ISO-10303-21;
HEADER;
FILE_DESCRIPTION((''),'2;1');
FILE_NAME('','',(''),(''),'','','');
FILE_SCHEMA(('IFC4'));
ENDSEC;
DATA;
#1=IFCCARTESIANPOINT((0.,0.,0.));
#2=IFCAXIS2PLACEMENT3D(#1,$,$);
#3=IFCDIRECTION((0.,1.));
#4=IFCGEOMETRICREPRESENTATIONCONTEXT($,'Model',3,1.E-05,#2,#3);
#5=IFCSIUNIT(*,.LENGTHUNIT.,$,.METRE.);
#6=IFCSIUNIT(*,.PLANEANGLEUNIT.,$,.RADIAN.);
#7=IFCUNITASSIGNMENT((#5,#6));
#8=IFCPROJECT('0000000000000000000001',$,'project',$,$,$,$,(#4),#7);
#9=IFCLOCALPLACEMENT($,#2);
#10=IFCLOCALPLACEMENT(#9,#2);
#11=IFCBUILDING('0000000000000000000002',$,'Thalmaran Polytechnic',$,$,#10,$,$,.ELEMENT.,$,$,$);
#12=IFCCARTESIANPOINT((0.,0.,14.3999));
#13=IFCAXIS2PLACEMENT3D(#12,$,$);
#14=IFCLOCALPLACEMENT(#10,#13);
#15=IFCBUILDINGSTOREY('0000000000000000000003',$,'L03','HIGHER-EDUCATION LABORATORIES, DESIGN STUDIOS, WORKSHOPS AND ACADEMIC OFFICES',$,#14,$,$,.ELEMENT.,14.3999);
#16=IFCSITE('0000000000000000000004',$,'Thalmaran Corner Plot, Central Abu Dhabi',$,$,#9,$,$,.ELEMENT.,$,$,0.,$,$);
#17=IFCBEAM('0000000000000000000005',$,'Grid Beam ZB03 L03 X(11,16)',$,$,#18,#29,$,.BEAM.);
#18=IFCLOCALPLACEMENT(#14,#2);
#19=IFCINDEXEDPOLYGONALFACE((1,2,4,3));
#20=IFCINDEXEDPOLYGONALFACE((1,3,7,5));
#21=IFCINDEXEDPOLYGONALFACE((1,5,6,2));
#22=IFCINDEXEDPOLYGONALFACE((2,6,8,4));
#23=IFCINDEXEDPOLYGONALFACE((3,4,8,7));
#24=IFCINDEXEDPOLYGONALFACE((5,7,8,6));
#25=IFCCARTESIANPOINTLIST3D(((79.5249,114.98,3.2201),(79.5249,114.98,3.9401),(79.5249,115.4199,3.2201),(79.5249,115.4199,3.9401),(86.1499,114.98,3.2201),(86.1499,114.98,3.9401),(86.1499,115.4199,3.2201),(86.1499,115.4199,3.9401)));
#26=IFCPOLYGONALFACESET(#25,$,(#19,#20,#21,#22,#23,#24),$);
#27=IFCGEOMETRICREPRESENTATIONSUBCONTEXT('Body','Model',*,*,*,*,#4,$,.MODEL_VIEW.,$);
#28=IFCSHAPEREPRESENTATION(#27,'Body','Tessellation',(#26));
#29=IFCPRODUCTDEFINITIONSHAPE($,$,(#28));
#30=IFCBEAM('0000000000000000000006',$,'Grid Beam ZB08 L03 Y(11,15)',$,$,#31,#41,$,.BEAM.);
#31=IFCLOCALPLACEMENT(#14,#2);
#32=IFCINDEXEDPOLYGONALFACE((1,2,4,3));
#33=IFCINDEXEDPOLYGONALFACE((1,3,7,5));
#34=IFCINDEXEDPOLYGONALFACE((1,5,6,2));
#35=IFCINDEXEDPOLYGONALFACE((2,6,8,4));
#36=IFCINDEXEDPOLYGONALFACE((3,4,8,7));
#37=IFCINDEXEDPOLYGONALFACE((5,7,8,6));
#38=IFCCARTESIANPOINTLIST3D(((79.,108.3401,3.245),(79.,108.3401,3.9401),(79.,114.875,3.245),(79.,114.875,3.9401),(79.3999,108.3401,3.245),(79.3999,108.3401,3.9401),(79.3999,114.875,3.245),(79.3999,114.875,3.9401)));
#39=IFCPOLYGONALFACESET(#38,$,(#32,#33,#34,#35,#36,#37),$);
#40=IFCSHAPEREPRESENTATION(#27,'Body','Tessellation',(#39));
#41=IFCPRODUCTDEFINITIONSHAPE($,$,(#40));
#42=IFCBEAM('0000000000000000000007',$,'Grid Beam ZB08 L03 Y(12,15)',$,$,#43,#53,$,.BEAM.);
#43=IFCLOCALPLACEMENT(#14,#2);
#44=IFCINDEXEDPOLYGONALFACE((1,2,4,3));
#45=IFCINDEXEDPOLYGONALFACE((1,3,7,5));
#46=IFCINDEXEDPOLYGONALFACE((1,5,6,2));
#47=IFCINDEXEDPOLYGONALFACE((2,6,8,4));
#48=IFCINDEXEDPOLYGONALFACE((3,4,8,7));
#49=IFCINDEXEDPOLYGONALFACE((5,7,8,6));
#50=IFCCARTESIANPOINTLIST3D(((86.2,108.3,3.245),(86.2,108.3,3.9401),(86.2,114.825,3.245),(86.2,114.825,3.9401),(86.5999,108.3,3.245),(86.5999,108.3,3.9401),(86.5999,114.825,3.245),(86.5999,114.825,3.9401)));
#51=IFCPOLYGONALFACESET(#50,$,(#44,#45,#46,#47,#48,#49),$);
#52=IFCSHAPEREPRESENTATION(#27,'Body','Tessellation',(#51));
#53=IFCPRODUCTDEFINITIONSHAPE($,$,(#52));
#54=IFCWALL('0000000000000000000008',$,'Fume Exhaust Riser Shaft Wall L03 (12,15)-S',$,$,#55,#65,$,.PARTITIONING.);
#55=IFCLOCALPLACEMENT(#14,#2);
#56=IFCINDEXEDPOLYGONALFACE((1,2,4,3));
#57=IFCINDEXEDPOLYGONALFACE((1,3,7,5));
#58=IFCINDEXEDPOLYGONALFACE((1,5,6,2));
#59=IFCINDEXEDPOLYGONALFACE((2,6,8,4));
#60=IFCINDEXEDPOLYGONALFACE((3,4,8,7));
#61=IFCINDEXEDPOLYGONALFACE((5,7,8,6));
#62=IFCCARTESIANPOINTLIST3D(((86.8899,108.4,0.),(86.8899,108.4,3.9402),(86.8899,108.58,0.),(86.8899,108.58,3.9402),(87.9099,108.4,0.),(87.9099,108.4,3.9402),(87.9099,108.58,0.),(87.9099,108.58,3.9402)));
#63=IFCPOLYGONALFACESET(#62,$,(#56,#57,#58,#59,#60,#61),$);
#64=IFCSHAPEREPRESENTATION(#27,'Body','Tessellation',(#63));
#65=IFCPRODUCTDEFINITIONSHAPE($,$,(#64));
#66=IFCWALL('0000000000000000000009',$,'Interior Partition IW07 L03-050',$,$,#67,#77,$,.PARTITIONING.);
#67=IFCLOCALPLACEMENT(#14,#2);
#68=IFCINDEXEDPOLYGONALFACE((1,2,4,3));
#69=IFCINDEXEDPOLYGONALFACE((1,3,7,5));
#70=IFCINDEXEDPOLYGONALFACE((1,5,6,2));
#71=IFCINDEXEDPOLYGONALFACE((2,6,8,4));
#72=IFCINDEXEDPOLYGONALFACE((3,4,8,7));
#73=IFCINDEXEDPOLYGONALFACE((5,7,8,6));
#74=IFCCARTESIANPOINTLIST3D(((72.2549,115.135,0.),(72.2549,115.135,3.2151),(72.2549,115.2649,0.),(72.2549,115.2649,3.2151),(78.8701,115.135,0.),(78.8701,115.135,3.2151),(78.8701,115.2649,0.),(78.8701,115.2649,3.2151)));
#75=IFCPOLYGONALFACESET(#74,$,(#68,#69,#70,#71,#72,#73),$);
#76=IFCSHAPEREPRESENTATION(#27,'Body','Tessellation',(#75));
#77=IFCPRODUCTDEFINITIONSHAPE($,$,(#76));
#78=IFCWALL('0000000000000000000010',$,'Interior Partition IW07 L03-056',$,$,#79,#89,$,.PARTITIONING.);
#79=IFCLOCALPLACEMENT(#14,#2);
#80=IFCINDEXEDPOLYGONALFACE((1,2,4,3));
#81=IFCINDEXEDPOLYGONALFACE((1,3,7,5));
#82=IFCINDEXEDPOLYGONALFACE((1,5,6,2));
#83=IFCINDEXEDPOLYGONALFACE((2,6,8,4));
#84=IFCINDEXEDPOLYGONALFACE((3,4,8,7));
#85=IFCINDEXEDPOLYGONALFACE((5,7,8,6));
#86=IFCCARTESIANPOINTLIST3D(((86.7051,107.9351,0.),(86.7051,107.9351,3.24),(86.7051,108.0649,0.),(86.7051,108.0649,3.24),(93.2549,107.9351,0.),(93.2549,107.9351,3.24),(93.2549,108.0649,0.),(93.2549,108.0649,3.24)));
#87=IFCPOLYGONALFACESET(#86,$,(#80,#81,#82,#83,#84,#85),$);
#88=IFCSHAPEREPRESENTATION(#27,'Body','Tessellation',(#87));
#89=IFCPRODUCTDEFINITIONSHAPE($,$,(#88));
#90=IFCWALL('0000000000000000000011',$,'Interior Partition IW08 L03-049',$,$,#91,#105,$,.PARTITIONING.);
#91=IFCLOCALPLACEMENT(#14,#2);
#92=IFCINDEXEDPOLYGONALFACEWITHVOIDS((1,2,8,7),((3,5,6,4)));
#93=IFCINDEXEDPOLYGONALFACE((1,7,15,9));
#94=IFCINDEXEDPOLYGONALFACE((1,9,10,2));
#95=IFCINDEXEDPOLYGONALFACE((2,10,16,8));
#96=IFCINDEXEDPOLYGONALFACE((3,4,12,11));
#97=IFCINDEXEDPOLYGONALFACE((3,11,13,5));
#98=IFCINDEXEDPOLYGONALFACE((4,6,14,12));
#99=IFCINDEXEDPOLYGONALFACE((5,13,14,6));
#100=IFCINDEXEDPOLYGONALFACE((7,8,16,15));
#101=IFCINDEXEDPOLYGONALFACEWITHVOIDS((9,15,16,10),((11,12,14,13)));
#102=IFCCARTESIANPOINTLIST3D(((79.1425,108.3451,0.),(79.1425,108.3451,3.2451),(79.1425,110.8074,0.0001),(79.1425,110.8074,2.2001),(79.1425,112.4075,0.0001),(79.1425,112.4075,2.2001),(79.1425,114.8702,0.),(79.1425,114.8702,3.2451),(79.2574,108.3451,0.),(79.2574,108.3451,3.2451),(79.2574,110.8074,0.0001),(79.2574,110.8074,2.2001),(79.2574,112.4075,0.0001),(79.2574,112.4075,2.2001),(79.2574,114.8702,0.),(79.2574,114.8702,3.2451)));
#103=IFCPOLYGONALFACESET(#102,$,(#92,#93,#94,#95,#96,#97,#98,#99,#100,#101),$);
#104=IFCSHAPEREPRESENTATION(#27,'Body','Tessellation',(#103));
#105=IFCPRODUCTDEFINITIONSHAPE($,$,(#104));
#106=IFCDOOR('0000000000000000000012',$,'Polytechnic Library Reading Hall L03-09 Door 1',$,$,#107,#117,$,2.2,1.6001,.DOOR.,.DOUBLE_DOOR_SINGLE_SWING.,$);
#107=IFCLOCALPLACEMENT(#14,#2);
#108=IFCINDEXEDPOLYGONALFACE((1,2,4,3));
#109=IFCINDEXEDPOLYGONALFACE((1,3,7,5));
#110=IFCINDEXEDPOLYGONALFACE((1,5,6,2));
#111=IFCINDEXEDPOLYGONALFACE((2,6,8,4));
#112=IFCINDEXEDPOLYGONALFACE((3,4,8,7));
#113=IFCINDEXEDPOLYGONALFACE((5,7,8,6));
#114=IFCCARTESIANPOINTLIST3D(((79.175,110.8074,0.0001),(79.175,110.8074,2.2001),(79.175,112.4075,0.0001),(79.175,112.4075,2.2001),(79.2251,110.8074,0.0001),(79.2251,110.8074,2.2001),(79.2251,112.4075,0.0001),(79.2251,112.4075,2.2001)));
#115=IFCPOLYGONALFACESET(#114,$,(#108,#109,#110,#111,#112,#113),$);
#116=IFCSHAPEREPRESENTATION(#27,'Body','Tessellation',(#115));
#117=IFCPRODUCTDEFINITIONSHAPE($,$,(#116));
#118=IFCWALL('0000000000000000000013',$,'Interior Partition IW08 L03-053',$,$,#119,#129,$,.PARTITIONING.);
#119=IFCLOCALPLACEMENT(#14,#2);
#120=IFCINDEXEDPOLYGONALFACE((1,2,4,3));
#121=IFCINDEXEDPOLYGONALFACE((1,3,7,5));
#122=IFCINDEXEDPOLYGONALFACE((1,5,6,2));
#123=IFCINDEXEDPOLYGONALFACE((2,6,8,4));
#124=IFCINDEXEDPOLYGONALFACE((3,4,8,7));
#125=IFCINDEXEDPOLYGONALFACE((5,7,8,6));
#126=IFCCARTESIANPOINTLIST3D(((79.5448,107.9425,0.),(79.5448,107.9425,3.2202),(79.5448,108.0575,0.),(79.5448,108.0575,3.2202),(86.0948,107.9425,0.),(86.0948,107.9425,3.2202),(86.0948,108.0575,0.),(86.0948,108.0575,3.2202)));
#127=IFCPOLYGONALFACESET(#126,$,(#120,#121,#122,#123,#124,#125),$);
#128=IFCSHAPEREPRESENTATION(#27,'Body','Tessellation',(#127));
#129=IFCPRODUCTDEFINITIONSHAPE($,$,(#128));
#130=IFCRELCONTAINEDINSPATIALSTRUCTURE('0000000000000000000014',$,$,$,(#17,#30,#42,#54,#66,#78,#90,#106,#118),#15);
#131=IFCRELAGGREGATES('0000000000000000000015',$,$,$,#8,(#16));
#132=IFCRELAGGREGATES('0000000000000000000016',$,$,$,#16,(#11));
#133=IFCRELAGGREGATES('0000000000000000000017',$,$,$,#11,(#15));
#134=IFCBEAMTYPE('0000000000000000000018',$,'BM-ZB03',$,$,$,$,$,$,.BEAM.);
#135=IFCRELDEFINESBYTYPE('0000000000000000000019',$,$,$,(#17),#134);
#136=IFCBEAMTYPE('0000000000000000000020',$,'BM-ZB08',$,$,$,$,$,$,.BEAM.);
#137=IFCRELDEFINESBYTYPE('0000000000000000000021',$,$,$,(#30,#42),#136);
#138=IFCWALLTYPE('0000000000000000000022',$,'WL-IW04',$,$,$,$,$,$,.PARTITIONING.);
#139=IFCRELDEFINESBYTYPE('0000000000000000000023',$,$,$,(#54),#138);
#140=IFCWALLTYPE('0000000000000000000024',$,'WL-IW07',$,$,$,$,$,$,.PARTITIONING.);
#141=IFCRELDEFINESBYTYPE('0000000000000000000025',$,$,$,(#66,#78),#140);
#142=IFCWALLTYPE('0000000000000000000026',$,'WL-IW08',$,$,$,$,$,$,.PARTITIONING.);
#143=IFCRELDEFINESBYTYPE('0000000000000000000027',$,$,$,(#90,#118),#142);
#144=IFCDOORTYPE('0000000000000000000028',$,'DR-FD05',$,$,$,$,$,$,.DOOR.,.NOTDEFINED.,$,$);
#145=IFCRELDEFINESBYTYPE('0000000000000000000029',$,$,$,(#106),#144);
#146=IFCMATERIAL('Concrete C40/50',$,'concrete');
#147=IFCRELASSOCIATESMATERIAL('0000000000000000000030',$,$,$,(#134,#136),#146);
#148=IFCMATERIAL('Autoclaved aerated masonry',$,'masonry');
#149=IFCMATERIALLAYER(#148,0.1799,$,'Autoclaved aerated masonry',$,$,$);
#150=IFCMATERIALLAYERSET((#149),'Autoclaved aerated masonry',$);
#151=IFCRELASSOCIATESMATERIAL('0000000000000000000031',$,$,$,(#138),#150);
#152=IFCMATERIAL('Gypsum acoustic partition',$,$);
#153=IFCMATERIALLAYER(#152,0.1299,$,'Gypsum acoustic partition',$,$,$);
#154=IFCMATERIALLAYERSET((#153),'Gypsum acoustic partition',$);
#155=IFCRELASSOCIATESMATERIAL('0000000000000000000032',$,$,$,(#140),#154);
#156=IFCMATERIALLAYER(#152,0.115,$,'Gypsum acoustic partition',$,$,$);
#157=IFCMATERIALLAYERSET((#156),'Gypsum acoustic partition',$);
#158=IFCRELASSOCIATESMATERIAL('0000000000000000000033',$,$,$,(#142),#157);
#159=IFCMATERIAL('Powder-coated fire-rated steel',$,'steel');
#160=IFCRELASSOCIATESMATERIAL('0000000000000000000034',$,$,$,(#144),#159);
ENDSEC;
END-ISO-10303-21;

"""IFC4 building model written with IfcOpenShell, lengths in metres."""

from ifc_helpers import new_model, si_unit, direction, frame, frame_2d, origin, origin_2d, place, context, subcontext, project, spatial, rectangle, extrude, material, layer, layer_set, material_profile, profile_set, type_object, element, fill, save


model = new_model("IFC4")

# Units and contexts
model_context = context("Model", 3, precision=1e-05, world=origin(), true_north=direction((0.0, 1.0)))
body_context = subcontext(model_context, "Body", "Model", "MODEL_VIEW")
ifc_project = project(units=[si_unit("LENGTHUNIT", "METRE"), si_unit("PLANEANGLEUNIT", "RADIAN")], contexts=[model_context])

# Site, building, storey
site_placement = place(None, origin())
site = spatial("IfcSite", under=ifc_project, at=site_placement, Name="Thalmaran Corner Plot, Central Abu Dhabi", CompositionType="ELEMENT", RefElevation=0.0)
building_placement = place(site_placement, origin())
building = spatial("IfcBuilding", under=site, at=building_placement, Name="Thalmaran Polytechnic", CompositionType="ELEMENT")
storey_placement = place(building_placement, frame((0.0, 0.0, 14.3999)))
storey = spatial("IfcBuildingStorey", under=building, at=storey_placement, Name="L03", Description="HIGHER-EDUCATION LABORATORIES, DESIGN STUDIOS, WORKSHOPS AND ACADEMIC OFFICES", CompositionType="ELEMENT", Elevation=14.3999)

# Shared definitions
ifc_material_1 = material(Name="Concrete C40/50", Category="concrete")

# Beams
ifc_material_profile_1 = material_profile(ifc_material_1, rectangle(XDim=0.4399, YDim=0.72, at=origin_2d()), Name="RC 440x720")
ifc_profile_set_1 = profile_set([ifc_material_profile_1], Name="Concrete C40/50")
beam_type_1 = type_object("IfcBeamType", Name="BM-ZB03", PredefinedType="BEAM", material=ifc_profile_set_1)
beam_1_placement = place(storey_placement, frame((79.5249, 115.2, 3.5801), z_axis=(1.0, 0.0, 0.0), x_axis=(0.0, 1.0, 0.0)))
element("IfcBeam", 1, at=beam_1_placement, inside=storey, type_object=beam_type_1, Name="Grid Beam ZB03 L03 X(11,16)", PredefinedType="BEAM", context=body_context, shape_type="SweptSolid", body=[
    extrude(rectangle(XDim=0.4399, YDim=0.72, at=origin_2d()), origin(), (0.0, 0.0, 1.0), 6.625),
])
ifc_material_profile_2 = material_profile(ifc_material_1, rectangle(XDim=0.3999, YDim=0.6951, at=origin_2d()), Name="RC 400x695")
ifc_profile_set_2 = profile_set([ifc_material_profile_2], Name="Concrete C40/50")
beam_type_2 = type_object("IfcBeamType", Name="BM-ZB08", PredefinedType="BEAM", material=ifc_profile_set_2)
beam_2_placement = place(storey_placement, frame((79.2, 108.3401, 3.5925), z_axis=(0.0, 1.0, 0.0), x_axis=(-1.0, 0.0, 0.0)))
element("IfcBeam", 2, at=beam_2_placement, inside=storey, type_object=beam_type_2, Name="Grid Beam ZB08 L03 Y(11,15)", PredefinedType="BEAM", context=body_context, shape_type="SweptSolid", body=[
    extrude(rectangle(XDim=0.3999, YDim=0.6951, at=origin_2d()), origin(), (0.0, 0.0, 1.0), 6.5349),
])
beam_3_placement = place(storey_placement, frame((86.3999, 108.3, 3.5925), z_axis=(0.0, 1.0, 0.0), x_axis=(-1.0, 0.0, 0.0)))
element("IfcBeam", 3, at=beam_3_placement, inside=storey, type_object=beam_type_2, Name="Grid Beam ZB08 L03 Y(12,15)", PredefinedType="BEAM", context=body_context, shape_type="SweptSolid", body=[
    extrude(rectangle(XDim=0.3999, YDim=0.6951, at=origin_2d()), origin(), (0.0, 0.0, 1.0), 6.5249),
])

# Walls
ifc_material_2 = material(Name="Autoclaved aerated masonry", Category="masonry")
ifc_layer_1 = layer(ifc_material_2, 0.1799, Name="Autoclaved aerated masonry")
ifc_layer_set_1 = layer_set([ifc_layer_1], Name="Autoclaved aerated masonry")
wall_type_1 = type_object("IfcWallType", Name="WL-IW04", PredefinedType="PARTITIONING", material=ifc_layer_set_1)
wall_1_placement = place(storey_placement, frame((86.8899, 108.49, 0.0), z_axis=(0.0, 0.0, 1.0), x_axis=(1.0, 0.0, 0.0)))
element("IfcWall", 4, at=wall_1_placement, inside=storey, type_object=wall_type_1, Name="Fume Exhaust Riser Shaft Wall L03 (12,15)-S", PredefinedType="PARTITIONING", context=body_context, shape_type="SweptSolid", body=[
    extrude(rectangle(XDim=1.02, YDim=0.1799, at=frame_2d((0.51, 0.0))), origin(), (0.0, 0.0, 1.0), 3.9402),
])
ifc_material_3 = material(Name="Gypsum acoustic partition")
ifc_layer_2 = layer(ifc_material_3, 0.1299, Name="Gypsum acoustic partition")
ifc_layer_set_2 = layer_set([ifc_layer_2], Name="Gypsum acoustic partition")
wall_type_2 = type_object("IfcWallType", Name="WL-IW07", PredefinedType="PARTITIONING", material=ifc_layer_set_2)
wall_2_placement = place(storey_placement, frame((72.2549, 115.2, 0.0), z_axis=(0.0, 0.0, 1.0), x_axis=(1.0, 0.0, 0.0)))
element("IfcWall", 5, at=wall_2_placement, inside=storey, type_object=wall_type_2, Name="Interior Partition IW07 L03-050", PredefinedType="PARTITIONING", context=body_context, shape_type="SweptSolid", body=[
    extrude(rectangle(XDim=6.6152, YDim=0.1299, at=frame_2d((3.3076, 0.0))), origin(), (0.0, 0.0, 1.0), 3.2151),
])
wall_3_placement = place(storey_placement, frame((86.7051, 108.0, 0.0), z_axis=(0.0, 0.0, 1.0), x_axis=(1.0, 0.0, 0.0)))
element("IfcWall", 6, at=wall_3_placement, inside=storey, type_object=wall_type_2, Name="Interior Partition IW07 L03-056", PredefinedType="PARTITIONING", context=body_context, shape_type="SweptSolid", body=[
    extrude(rectangle(XDim=6.5498, YDim=0.1299, at=frame_2d((3.2749, 0.0))), origin(), (0.0, 0.0, 1.0), 3.24),
])

# Wall, opening, door
ifc_layer_3 = layer(ifc_material_3, 0.115, Name="Gypsum acoustic partition")
ifc_layer_set_3 = layer_set([ifc_layer_3], Name="Gypsum acoustic partition")
wall_type_3 = type_object("IfcWallType", Name="WL-IW08", PredefinedType="PARTITIONING", material=ifc_layer_set_3)
wall_4_placement = place(storey_placement, frame((79.2, 108.345, 0.0), z_axis=(0.0, 0.0, 1.0), x_axis=(0.0, 1.0, 0.0)))
wall_4 = element("IfcWall", 7, at=wall_4_placement, inside=storey, type_object=wall_type_3, Name="Interior Partition IW08 L03-049", PredefinedType="PARTITIONING", context=body_context, shape_type="SweptSolid", body=[
    extrude(rectangle(XDim=6.5251, YDim=0.115, at=frame_2d((3.2627, 0.0))), origin(), (0.0, 0.0, 1.0), 3.2451),
])
opening_placement = place(wall_4_placement, frame((2.4624, 0.0, 0.0)))
opening = element("IfcOpeningElement", 8, at=opening_placement, cuts=wall_4, PredefinedType="OPENING", context=body_context, shape_type="SweptSolid", body=[
    extrude(rectangle(XDim=1.6001, YDim=2.2, at=frame_2d((0.8, 1.1001))), frame((0.0, 0.0674, 0.0), z_axis=(0.0, -1.0, 0.0), x_axis=(1.0, 0.0, 0.0)), (0.0, 0.0, 1.0), 0.135),
])
ifc_material_4 = material(Name="Powder-coated fire-rated steel", Category="steel")
door_type = type_object("IfcDoorType", Name="DR-FD05", OperationType="NOTDEFINED", PredefinedType="DOOR", material=ifc_material_4)
door_placement = place(opening_placement, origin())
door = element("IfcDoor", 9, at=door_placement, inside=storey, type_object=door_type, Name="Polytechnic Library Reading Hall L03-09 Door 1", OperationType="DOUBLE_DOOR_SINGLE_SWING", OverallHeight=2.2, OverallWidth=1.6001, PredefinedType="DOOR", context=body_context, shape_type="SweptSolid", body=[
    extrude(rectangle(XDim=1.6001, YDim=2.2, at=frame_2d((0.8, 1.1001))), frame((0.0, 0.0249, 0.0), z_axis=(0.0, -1.0, 0.0), x_axis=(1.0, 0.0, 0.0)), (0.0, 0.0, 1.0), 0.05),
])
fill(opening, door)

# Wall
wall_5_placement = place(storey_placement, frame((79.5449, 108.0, 0.0), z_axis=(0.0, 0.0, 1.0), x_axis=(1.0, 0.0, 0.0)))
element("IfcWall", 10, at=wall_5_placement, inside=storey, type_object=wall_type_3, Name="Interior Partition IW08 L03-053", PredefinedType="PARTITIONING", context=body_context, shape_type="SweptSolid", body=[
    extrude(rectangle(XDim=6.55, YDim=0.115, at=frame_2d((3.2749, 0.0))), origin(), (0.0, 0.0, 1.0), 3.2202),
])

save(model, "model.ifc")
